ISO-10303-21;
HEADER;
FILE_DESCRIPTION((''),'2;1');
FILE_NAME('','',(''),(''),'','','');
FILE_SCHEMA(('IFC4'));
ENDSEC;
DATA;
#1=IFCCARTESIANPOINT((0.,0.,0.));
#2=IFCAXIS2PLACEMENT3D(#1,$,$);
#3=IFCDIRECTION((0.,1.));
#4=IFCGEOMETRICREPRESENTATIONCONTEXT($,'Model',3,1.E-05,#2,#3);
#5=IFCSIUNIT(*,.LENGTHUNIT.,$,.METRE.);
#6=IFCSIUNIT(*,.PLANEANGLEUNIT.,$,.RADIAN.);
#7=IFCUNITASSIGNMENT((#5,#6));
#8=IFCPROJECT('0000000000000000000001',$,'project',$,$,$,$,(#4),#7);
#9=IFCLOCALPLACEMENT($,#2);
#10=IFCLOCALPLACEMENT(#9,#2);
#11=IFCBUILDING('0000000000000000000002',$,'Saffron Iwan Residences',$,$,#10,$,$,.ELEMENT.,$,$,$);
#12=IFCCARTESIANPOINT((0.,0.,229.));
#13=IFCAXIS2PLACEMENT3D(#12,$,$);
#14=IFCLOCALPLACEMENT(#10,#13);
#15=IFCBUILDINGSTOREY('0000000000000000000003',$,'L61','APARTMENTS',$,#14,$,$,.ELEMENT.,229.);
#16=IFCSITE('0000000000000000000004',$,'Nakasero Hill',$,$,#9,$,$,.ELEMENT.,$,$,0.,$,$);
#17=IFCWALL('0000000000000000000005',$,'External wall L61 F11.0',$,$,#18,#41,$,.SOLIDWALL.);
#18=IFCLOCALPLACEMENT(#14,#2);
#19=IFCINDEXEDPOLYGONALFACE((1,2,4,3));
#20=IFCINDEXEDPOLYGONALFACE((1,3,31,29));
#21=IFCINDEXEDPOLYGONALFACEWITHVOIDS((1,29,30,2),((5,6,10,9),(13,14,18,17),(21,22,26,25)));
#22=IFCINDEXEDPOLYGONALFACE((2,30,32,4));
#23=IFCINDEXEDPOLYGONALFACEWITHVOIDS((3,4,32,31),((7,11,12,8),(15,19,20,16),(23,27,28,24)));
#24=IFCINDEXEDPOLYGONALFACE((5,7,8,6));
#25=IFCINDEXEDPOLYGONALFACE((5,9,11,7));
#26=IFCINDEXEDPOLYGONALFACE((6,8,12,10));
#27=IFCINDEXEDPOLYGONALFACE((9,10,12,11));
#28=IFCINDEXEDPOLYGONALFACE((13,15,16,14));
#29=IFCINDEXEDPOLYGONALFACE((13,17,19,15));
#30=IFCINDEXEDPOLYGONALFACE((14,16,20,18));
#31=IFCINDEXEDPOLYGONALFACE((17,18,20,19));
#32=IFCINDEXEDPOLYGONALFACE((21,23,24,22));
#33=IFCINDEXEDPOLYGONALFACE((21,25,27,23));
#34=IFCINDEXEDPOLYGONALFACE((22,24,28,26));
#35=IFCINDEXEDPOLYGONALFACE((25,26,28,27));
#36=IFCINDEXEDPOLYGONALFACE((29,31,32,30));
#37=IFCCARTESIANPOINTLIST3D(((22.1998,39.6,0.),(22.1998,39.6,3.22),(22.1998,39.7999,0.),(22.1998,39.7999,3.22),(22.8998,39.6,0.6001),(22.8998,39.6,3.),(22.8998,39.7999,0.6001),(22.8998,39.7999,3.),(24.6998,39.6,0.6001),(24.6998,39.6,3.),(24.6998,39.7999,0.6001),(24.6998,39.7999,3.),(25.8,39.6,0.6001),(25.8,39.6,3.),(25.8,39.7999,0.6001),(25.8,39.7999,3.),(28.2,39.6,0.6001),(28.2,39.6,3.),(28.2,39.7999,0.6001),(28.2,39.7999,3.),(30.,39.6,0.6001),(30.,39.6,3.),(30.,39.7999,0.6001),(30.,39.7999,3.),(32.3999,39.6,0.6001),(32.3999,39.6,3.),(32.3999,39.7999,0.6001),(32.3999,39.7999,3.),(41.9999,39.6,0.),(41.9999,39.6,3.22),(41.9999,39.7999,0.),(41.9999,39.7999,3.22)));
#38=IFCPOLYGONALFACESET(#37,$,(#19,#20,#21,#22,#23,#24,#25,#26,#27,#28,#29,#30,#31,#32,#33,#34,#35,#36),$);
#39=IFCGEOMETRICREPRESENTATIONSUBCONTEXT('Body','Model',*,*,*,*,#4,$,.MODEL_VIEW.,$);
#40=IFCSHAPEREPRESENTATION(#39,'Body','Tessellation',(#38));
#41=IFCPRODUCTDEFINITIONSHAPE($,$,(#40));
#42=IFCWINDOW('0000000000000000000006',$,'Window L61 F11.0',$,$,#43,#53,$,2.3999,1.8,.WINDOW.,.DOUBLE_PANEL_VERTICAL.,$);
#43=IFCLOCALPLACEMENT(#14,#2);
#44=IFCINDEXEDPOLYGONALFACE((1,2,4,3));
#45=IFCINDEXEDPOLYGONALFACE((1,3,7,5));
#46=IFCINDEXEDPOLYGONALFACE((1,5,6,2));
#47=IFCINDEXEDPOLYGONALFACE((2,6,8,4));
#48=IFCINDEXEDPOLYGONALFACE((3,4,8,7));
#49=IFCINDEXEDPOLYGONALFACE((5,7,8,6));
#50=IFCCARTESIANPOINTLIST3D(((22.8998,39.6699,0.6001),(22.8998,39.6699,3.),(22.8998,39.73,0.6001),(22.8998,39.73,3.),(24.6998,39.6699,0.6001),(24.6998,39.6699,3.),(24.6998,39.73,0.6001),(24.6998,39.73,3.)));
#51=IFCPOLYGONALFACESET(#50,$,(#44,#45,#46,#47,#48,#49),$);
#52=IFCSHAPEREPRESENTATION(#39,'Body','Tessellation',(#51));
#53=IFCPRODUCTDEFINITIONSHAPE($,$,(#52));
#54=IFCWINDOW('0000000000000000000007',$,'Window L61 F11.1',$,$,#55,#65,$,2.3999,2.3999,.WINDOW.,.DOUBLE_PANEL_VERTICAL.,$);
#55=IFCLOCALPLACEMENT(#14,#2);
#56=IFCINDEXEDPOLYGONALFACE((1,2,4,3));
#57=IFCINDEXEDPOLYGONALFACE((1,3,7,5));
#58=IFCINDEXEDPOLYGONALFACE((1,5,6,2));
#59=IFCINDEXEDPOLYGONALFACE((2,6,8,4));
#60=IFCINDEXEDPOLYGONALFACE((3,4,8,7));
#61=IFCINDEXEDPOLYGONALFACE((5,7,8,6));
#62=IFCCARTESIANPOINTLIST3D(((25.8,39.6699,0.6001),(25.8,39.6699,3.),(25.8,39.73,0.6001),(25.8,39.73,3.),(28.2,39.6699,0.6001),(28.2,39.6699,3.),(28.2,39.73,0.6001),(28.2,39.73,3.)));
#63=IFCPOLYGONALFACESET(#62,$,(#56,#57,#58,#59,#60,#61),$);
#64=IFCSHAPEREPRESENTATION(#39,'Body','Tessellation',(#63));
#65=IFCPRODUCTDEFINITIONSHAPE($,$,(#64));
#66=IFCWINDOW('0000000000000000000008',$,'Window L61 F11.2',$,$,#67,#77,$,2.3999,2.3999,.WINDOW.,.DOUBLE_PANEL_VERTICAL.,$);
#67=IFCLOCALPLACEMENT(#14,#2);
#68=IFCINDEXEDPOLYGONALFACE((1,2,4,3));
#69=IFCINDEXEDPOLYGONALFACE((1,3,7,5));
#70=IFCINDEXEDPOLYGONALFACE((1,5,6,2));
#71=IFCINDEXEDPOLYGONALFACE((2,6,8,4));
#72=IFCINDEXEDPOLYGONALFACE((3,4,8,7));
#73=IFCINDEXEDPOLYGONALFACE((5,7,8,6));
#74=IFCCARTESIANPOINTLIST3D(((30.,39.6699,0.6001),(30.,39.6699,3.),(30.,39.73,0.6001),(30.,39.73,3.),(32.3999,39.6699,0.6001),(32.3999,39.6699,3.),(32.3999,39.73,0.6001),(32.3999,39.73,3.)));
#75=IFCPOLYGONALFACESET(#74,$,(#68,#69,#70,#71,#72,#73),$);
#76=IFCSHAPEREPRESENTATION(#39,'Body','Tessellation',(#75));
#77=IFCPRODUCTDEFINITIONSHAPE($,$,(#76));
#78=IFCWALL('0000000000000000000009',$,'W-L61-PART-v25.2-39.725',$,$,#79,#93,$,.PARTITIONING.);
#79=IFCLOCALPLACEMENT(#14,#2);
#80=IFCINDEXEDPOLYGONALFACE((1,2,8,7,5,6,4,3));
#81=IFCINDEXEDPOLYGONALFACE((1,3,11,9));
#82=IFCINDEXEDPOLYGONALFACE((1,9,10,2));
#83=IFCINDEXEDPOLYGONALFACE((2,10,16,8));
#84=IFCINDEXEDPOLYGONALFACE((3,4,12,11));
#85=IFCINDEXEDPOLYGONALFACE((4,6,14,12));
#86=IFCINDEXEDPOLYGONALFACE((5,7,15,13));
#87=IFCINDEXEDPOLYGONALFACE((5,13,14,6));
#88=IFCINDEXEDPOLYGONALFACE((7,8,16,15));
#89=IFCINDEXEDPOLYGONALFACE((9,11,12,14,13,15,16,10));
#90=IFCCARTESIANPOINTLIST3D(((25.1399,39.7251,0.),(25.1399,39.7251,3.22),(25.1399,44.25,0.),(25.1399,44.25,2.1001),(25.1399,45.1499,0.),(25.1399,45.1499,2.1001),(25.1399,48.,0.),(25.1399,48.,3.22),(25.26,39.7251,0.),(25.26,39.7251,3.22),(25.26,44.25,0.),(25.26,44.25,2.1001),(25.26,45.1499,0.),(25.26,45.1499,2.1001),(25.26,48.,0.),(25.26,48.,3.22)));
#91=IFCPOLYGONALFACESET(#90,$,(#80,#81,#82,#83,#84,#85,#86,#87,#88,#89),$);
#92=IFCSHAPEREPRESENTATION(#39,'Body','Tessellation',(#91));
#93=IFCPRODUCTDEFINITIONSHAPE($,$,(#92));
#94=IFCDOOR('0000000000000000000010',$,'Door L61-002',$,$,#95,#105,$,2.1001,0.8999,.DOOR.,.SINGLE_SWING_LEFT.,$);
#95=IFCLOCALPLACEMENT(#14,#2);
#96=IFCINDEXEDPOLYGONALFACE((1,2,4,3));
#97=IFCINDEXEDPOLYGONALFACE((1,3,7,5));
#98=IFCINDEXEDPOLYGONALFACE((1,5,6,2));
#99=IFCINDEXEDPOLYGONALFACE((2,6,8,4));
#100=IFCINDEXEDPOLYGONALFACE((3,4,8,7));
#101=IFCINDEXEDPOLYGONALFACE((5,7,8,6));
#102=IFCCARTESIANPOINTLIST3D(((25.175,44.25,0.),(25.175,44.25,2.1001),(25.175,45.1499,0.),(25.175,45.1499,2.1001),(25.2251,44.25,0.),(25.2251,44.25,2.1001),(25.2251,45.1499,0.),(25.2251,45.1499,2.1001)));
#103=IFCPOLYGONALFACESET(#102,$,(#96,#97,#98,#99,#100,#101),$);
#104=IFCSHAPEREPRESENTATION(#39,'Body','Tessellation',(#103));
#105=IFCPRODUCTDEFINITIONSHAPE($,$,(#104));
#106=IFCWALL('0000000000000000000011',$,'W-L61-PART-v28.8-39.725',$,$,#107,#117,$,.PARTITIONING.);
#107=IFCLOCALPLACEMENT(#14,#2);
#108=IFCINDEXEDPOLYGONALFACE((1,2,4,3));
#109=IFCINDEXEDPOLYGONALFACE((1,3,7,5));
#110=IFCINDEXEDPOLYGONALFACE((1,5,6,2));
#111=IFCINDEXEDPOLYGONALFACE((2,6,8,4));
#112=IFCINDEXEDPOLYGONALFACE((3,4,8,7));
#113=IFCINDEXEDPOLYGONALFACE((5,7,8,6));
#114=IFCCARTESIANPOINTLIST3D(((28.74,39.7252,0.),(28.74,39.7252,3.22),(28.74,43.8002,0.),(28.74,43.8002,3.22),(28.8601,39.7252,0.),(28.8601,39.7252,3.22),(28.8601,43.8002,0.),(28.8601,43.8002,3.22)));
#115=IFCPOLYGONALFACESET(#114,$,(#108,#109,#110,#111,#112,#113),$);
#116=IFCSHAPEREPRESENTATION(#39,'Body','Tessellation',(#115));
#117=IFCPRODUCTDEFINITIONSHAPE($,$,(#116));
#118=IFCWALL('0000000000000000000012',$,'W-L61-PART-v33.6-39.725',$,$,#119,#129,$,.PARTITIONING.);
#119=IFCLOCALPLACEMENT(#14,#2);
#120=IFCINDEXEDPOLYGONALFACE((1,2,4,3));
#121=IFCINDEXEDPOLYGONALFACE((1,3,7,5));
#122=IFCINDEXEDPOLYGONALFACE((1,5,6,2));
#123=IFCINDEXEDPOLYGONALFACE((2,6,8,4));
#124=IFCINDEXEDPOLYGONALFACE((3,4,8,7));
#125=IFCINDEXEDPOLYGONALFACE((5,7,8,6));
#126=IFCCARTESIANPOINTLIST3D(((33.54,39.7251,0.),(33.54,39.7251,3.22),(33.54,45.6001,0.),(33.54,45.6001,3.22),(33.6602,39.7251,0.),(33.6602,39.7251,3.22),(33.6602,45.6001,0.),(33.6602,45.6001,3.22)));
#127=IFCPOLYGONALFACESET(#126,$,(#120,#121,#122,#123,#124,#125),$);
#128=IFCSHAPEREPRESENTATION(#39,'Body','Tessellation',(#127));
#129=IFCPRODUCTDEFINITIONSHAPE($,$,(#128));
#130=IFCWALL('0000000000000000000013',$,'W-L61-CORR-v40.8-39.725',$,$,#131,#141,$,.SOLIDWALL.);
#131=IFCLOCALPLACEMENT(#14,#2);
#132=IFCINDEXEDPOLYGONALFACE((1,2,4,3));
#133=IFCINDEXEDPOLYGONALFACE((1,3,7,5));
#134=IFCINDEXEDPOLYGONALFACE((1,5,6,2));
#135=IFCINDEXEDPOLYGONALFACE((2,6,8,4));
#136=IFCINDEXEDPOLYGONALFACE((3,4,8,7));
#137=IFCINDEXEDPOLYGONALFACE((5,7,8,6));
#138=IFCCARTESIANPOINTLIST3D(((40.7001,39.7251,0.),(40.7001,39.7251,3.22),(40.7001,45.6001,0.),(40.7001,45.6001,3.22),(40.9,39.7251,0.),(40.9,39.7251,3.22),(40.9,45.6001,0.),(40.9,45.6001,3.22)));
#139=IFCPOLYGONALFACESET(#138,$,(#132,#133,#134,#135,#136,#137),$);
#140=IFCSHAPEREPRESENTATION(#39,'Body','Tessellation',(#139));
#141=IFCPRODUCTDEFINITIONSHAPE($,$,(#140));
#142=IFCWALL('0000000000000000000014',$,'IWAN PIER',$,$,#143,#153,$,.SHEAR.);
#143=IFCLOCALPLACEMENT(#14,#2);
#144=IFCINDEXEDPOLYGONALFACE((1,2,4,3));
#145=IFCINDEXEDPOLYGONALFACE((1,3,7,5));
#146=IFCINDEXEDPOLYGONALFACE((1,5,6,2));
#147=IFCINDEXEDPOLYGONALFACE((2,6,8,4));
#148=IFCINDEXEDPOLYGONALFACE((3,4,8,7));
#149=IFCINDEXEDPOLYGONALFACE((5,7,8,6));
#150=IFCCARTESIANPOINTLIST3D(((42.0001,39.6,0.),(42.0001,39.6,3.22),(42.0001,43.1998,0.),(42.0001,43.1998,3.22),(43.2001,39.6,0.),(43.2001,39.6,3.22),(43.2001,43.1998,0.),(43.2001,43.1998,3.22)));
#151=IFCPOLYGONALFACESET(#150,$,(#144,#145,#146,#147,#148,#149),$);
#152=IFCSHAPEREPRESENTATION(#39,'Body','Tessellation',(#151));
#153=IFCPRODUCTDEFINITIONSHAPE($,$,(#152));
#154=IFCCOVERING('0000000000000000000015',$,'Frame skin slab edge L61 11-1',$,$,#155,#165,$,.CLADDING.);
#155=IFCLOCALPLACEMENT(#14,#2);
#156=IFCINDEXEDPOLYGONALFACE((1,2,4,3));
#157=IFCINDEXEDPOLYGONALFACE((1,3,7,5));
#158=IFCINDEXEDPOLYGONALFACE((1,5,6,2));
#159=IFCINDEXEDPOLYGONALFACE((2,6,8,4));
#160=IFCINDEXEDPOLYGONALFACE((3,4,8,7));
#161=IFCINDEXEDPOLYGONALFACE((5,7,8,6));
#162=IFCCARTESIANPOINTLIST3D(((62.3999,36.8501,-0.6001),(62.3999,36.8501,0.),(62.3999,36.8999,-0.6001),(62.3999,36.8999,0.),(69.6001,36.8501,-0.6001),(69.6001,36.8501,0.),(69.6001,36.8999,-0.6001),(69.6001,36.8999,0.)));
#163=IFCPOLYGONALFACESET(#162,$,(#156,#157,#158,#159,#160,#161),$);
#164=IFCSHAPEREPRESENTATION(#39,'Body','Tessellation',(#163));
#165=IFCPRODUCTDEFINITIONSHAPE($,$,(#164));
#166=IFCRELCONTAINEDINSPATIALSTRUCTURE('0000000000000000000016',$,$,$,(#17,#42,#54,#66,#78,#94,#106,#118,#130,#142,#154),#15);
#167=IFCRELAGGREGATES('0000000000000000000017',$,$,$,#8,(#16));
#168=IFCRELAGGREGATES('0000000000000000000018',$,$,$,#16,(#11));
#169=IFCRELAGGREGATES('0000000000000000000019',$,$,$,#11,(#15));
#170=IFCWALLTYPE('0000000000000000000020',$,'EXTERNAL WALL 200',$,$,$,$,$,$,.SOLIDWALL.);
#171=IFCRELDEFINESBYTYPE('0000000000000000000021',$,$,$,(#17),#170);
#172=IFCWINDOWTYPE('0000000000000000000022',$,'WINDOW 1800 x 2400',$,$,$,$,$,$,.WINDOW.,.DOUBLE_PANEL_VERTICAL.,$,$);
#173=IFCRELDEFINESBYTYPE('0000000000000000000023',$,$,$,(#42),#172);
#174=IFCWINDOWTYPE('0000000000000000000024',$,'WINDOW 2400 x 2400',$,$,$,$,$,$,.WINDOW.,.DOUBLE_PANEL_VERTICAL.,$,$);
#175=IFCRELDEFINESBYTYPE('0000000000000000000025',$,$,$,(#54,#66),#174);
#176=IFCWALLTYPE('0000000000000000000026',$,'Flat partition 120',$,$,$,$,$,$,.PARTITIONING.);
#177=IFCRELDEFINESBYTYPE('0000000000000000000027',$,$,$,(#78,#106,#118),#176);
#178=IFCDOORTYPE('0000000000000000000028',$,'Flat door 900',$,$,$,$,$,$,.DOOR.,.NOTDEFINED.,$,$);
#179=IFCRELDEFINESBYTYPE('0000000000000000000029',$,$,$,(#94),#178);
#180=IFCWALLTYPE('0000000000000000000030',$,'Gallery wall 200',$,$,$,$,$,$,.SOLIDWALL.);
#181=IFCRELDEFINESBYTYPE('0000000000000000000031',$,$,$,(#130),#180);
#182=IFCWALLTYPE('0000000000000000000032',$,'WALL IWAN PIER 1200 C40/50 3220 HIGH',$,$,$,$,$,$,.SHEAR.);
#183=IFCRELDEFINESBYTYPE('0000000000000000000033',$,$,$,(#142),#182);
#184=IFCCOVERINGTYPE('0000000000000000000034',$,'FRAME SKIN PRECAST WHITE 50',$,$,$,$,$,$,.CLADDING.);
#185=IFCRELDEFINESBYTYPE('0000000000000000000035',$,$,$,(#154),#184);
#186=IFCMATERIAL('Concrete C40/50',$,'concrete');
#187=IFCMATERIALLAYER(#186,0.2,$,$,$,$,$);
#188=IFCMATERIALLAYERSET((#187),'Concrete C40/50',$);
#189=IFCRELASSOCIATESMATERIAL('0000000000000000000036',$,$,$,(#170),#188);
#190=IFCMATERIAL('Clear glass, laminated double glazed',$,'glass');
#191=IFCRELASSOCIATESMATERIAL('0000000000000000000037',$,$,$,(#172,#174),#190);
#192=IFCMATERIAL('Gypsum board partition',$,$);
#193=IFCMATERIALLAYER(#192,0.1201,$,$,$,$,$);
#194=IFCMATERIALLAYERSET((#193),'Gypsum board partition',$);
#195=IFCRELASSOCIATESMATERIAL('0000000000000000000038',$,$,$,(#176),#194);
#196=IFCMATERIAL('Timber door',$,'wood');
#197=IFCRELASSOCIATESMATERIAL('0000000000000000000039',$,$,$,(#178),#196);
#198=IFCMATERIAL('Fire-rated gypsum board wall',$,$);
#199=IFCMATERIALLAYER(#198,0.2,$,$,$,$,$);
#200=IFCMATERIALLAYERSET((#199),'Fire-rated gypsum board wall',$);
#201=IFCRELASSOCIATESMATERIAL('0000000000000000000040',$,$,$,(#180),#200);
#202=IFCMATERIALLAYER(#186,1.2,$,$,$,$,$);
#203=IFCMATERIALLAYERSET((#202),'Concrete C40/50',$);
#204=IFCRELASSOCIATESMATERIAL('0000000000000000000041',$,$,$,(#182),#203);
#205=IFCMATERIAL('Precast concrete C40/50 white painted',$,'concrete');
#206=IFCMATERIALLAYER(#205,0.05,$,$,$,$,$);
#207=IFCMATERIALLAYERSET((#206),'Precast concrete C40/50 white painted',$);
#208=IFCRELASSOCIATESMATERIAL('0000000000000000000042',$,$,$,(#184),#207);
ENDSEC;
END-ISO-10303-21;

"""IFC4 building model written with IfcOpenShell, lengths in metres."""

from ifc_helpers import new_model, si_unit, direction, frame, frame_2d, origin, place, context, subcontext, project, spatial, polyline, rectangle, outline, extrude, material, layer, layer_set, type_object, element, fill, save


model = new_model("IFC4")

# Units and contexts
model_context = context("Model", 3, precision=1e-05, world=origin(), true_north=direction((0.0, 1.0)))
body_context = subcontext(model_context, "Body", "Model", "MODEL_VIEW")
ifc_project = project(units=[si_unit("LENGTHUNIT", "METRE"), si_unit("PLANEANGLEUNIT", "RADIAN")], contexts=[model_context])

# Site, building, storey
site_placement = place(None, origin())
site = spatial("IfcSite", under=ifc_project, at=site_placement, Name="Nakasero Hill", CompositionType="ELEMENT", RefElevation=0.0)
building_placement = place(site_placement, origin())
building = spatial("IfcBuilding", under=site, at=building_placement, Name="Saffron Iwan Residences", CompositionType="ELEMENT")
storey_placement = place(building_placement, frame((0.0, 0.0, 229.0)))
storey = spatial("IfcBuildingStorey", under=building, at=storey_placement, Name="L61", Description="APARTMENTS", CompositionType="ELEMENT", Elevation=229.0)

# Shared definitions
ifc_material_1 = material(Name="Clear glass, laminated double glazed", Category="glass")

# Wall, openings, windows
ifc_material_2 = material(Name="Concrete C40/50", Category="concrete")
ifc_layer_1 = layer(ifc_material_2, 0.2)
ifc_layer_set_1 = layer_set([ifc_layer_1], Name="Concrete C40/50")
wall_type_1 = type_object("IfcWallType", Name="EXTERNAL WALL 200", PredefinedType="SOLIDWALL", material=ifc_layer_set_1)
wall_1_placement = place(storey_placement, frame((22.2, 39.7, 0.0), z_axis=(0.0, 0.0, 1.0), x_axis=(1.0, 0.0, 0.0)))
wall_1 = element("IfcWall", 1, at=wall_1_placement, inside=storey, type_object=wall_type_1, Name="External wall L61 F11.0", PredefinedType="SOLIDWALL", context=body_context, shape_type="SweptSolid", body=[
    extrude(rectangle(XDim=19.8, YDim=0.2, at=frame_2d((9.8999, 0.0))), origin(), (0.0, 0.0, 1.0), 3.22),
])
opening_1_placement = place(wall_1_placement, frame((0.7, 0.0, 0.6001)))
opening_1 = element("IfcOpeningElement", 2, at=opening_1_placement, cuts=wall_1, PredefinedType="OPENING", context=body_context, shape_type="SweptSolid", body=[
    extrude(rectangle(XDim=1.8, YDim=2.3999, at=frame_2d((0.8999, 1.2))), frame((0.0, 0.1099, 0.0), z_axis=(0.0, -1.0, 0.0), x_axis=(1.0, 0.0, 0.0)), (0.0, 0.0, 1.0), 0.22),
])
opening_2_placement = place(wall_1_placement, frame((3.6001, 0.0, 0.6001)))
opening_2 = element("IfcOpeningElement", 3, at=opening_2_placement, cuts=wall_1, PredefinedType="OPENING", context=body_context, shape_type="SweptSolid", body=[
    extrude(rectangle(XDim=2.3999, YDim=2.3999, at=frame_2d((1.2, 1.2))), frame((0.0, 0.1099, 0.0), z_axis=(0.0, -1.0, 0.0), x_axis=(1.0, 0.0, 0.0)), (0.0, 0.0, 1.0), 0.22),
])
opening_3_placement = place(wall_1_placement, frame((7.8, 0.0, 0.6001)))
opening_3 = element("IfcOpeningElement", 4, at=opening_3_placement, cuts=wall_1, PredefinedType="OPENING", context=body_context, shape_type="SweptSolid", body=[
    extrude(rectangle(XDim=2.3999, YDim=2.3999, at=frame_2d((1.2, 1.2))), frame((0.0, 0.1099, 0.0), z_axis=(0.0, -1.0, 0.0), x_axis=(1.0, 0.0, 0.0)), (0.0, 0.0, 1.0), 0.22),
])
window_type_1 = type_object("IfcWindowType", Name="WINDOW 1800 x 2400", PartitioningType="DOUBLE_PANEL_VERTICAL", PredefinedType="WINDOW", material=ifc_material_1)
window_1_placement = place(opening_1_placement, origin())
window_1 = element("IfcWindow", 5, at=window_1_placement, inside=storey, type_object=window_type_1, Name="Window L61 F11.0", OverallHeight=2.3999, OverallWidth=1.8, PartitioningType="DOUBLE_PANEL_VERTICAL", PredefinedType="WINDOW", context=body_context, shape_type="SweptSolid", body=[
    extrude(rectangle(XDim=1.8, YDim=2.3999, at=frame_2d((0.8999, 1.2))), frame((0.0, 0.03, 0.0), z_axis=(0.0, -1.0, 0.0), x_axis=(1.0, 0.0, 0.0)), (0.0, 0.0, 1.0), 0.0601),
])
fill(opening_1, window_1)
window_type_2 = type_object("IfcWindowType", Name="WINDOW 2400 x 2400", PartitioningType="DOUBLE_PANEL_VERTICAL", PredefinedType="WINDOW", material=ifc_material_1)
window_2_placement = place(opening_2_placement, origin())
window_2 = element("IfcWindow", 6, at=window_2_placement, inside=storey, type_object=window_type_2, Name="Window L61 F11.1", OverallHeight=2.3999, OverallWidth=2.3999, PartitioningType="DOUBLE_PANEL_VERTICAL", PredefinedType="WINDOW", context=body_context, shape_type="SweptSolid", body=[
    extrude(rectangle(XDim=2.3999, YDim=2.3999, at=frame_2d((1.2, 1.2))), frame((0.0, 0.03, 0.0), z_axis=(0.0, -1.0, 0.0), x_axis=(1.0, 0.0, 0.0)), (0.0, 0.0, 1.0), 0.0601),
])
fill(opening_2, window_2)
window_3_placement = place(opening_3_placement, origin())
window_3 = element("IfcWindow", 7, at=window_3_placement, inside=storey, type_object=window_type_2, Name="Window L61 F11.2", OverallHeight=2.3999, OverallWidth=2.3999, PartitioningType="DOUBLE_PANEL_VERTICAL", PredefinedType="WINDOW", context=body_context, shape_type="SweptSolid", body=[
    extrude(rectangle(XDim=2.3999, YDim=2.3999, at=frame_2d((1.2, 1.2))), frame((0.0, 0.03, 0.0), z_axis=(0.0, -1.0, 0.0), x_axis=(1.0, 0.0, 0.0)), (0.0, 0.0, 1.0), 0.0601),
])
fill(opening_3, window_3)

# Wall, opening, door
ifc_material_3 = material(Name="Gypsum board partition")
ifc_layer_2 = layer(ifc_material_3, 0.1201)
ifc_layer_set_2 = layer_set([ifc_layer_2], Name="Gypsum board partition")
wall_type_2 = type_object("IfcWallType", Name="Flat partition 120", PredefinedType="PARTITIONING", material=ifc_layer_set_2)
wall_2_placement = place(storey_placement, frame((25.2, 39.7251, 0.0), z_axis=(0.0, 0.0, 1.0), x_axis=(0.0, 1.0, 0.0)))
wall_2 = element("IfcWall", 8, at=wall_2_placement, inside=storey, type_object=wall_type_2, Name="W-L61-PART-v25.2-39.725", PredefinedType="PARTITIONING", context=body_context, shape_type="SweptSolid", body=[
    extrude(rectangle(XDim=8.2749, YDim=0.1201, at=frame_2d((4.1375, 0.0))), origin(), (0.0, 0.0, 1.0), 3.22),
])
opening_4_placement = place(wall_2_placement, frame((4.5249, 0.0, 0.0)))
opening_4 = element("IfcOpeningElement", 9, at=opening_4_placement, cuts=wall_2, PredefinedType="OPENING", context=body_context, shape_type="SweptSolid", body=[
    extrude(rectangle(XDim=0.8999, YDim=2.1001, at=frame_2d((0.45, 1.05))), frame((0.0, 0.0701, 0.0), z_axis=(0.0, -1.0, 0.0), x_axis=(1.0, 0.0, 0.0)), (0.0, 0.0, 1.0), 0.1401),
])
ifc_material_4 = material(Name="Timber door", Category="wood")
door_type = type_object("IfcDoorType", Name="Flat door 900", OperationType="NOTDEFINED", PredefinedType="DOOR", material=ifc_material_4)
door_placement = place(opening_4_placement, origin())
door = element("IfcDoor", 10, at=door_placement, inside=storey, type_object=door_type, Name="Door L61-002", OperationType="SINGLE_SWING_LEFT", OverallHeight=2.1001, OverallWidth=0.8999, PredefinedType="DOOR", context=body_context, shape_type="SweptSolid", body=[
    extrude(rectangle(XDim=0.8999, YDim=2.1001, at=frame_2d((0.45, 1.05))), frame((0.0, 0.0249, 0.0), z_axis=(0.0, -1.0, 0.0), x_axis=(1.0, 0.0, 0.0)), (0.0, 0.0, 1.0), 0.05),
])
fill(opening_4, door)

# Walls
wall_3_placement = place(storey_placement, frame((28.8, 39.7251, 0.0), z_axis=(0.0, 0.0, 1.0), x_axis=(0.0, 1.0, 0.0)))
element("IfcWall", 11, at=wall_3_placement, inside=storey, type_object=wall_type_2, Name="W-L61-PART-v28.8-39.725", PredefinedType="PARTITIONING", context=body_context, shape_type="SweptSolid", body=[
    extrude(rectangle(XDim=4.075, YDim=0.1201, at=frame_2d((2.0376, 0.0))), origin(), (0.0, 0.0, 1.0), 3.22),
])
wall_4_placement = place(storey_placement, frame((33.6001, 39.7251, 0.0), z_axis=(0.0, 0.0, 1.0), x_axis=(0.0, 1.0, 0.0)))
element("IfcWall", 12, at=wall_4_placement, inside=storey, type_object=wall_type_2, Name="W-L61-PART-v33.6-39.725", PredefinedType="PARTITIONING", context=body_context, shape_type="SweptSolid", body=[
    extrude(rectangle(XDim=5.875, YDim=0.1201, at=frame_2d((2.9375, 0.0))), origin(), (0.0, 0.0, 1.0), 3.22),
])
ifc_material_5 = material(Name="Fire-rated gypsum board wall")
ifc_layer_3 = layer(ifc_material_5, 0.2)
ifc_layer_set_3 = layer_set([ifc_layer_3], Name="Fire-rated gypsum board wall")
wall_type_3 = type_object("IfcWallType", Name="Gallery wall 200", PredefinedType="SOLIDWALL", material=ifc_layer_set_3)
wall_5_placement = place(storey_placement, frame((40.8, 39.7251, 0.0), z_axis=(0.0, 0.0, 1.0), x_axis=(0.0, 1.0, 0.0)))
element("IfcWall", 13, at=wall_5_placement, inside=storey, type_object=wall_type_3, Name="W-L61-CORR-v40.8-39.725", PredefinedType="SOLIDWALL", context=body_context, shape_type="SweptSolid", body=[
    extrude(rectangle(XDim=5.875, YDim=0.2, at=frame_2d((2.9375, 0.0))), origin(), (0.0, 0.0, 1.0), 3.22),
])
ifc_layer_4 = layer(ifc_material_2, 1.2)
ifc_layer_set_4 = layer_set([ifc_layer_4], Name="Concrete C40/50")
wall_type_4 = type_object("IfcWallType", Name="WALL IWAN PIER 1200 C40/50 3220 HIGH", PredefinedType="SHEAR", material=ifc_layer_set_4)
wall_6_placement = place(storey_placement, frame((42.6001, 39.6001, 0.0), z_axis=(0.0, 0.0, 1.0), x_axis=(0.0, 1.0, 0.0)))
element("IfcWall", 14, at=wall_6_placement, inside=storey, type_object=wall_type_4, Name="IWAN PIER", PredefinedType="SHEAR", context=body_context, shape_type="SweptSolid", body=[
    extrude(rectangle(XDim=3.5999, YDim=1.2, at=frame_2d((1.7998, 0.0))), origin(), (0.0, 0.0, 1.0), 3.22),
])

# Covering
ifc_material_6 = material(Name="Precast concrete C40/50 white painted", Category="concrete")
ifc_layer_5 = layer(ifc_material_6, 0.05)
ifc_layer_set_5 = layer_set([ifc_layer_5], Name="Precast concrete C40/50 white painted")
covering_type_1 = type_object("IfcCoveringType", Name="FRAME SKIN PRECAST WHITE 50", PredefinedType="CLADDING", material=ifc_layer_set_5)
for number, where, name in (
    (15, (0.0, 0.0, -0.6001), "Frame skin slab edge L61 11-1"),
):
    element("IfcCovering", number, at=place(storey_placement, frame(where)), inside=storey, type_object=covering_type_1, Name=name, PredefinedType="CLADDING", context=body_context, shape_type="SweptSolid", body=[
        extrude(outline(polyline([(62.3999, 36.8501), (69.6001, 36.8501), (69.6001, 36.8999), (62.3999, 36.8999), (62.3999, 36.8501)])), origin(), (0.0, 0.0, 1.0), 0.6001),
    ])

save(model, "model.ifc")
